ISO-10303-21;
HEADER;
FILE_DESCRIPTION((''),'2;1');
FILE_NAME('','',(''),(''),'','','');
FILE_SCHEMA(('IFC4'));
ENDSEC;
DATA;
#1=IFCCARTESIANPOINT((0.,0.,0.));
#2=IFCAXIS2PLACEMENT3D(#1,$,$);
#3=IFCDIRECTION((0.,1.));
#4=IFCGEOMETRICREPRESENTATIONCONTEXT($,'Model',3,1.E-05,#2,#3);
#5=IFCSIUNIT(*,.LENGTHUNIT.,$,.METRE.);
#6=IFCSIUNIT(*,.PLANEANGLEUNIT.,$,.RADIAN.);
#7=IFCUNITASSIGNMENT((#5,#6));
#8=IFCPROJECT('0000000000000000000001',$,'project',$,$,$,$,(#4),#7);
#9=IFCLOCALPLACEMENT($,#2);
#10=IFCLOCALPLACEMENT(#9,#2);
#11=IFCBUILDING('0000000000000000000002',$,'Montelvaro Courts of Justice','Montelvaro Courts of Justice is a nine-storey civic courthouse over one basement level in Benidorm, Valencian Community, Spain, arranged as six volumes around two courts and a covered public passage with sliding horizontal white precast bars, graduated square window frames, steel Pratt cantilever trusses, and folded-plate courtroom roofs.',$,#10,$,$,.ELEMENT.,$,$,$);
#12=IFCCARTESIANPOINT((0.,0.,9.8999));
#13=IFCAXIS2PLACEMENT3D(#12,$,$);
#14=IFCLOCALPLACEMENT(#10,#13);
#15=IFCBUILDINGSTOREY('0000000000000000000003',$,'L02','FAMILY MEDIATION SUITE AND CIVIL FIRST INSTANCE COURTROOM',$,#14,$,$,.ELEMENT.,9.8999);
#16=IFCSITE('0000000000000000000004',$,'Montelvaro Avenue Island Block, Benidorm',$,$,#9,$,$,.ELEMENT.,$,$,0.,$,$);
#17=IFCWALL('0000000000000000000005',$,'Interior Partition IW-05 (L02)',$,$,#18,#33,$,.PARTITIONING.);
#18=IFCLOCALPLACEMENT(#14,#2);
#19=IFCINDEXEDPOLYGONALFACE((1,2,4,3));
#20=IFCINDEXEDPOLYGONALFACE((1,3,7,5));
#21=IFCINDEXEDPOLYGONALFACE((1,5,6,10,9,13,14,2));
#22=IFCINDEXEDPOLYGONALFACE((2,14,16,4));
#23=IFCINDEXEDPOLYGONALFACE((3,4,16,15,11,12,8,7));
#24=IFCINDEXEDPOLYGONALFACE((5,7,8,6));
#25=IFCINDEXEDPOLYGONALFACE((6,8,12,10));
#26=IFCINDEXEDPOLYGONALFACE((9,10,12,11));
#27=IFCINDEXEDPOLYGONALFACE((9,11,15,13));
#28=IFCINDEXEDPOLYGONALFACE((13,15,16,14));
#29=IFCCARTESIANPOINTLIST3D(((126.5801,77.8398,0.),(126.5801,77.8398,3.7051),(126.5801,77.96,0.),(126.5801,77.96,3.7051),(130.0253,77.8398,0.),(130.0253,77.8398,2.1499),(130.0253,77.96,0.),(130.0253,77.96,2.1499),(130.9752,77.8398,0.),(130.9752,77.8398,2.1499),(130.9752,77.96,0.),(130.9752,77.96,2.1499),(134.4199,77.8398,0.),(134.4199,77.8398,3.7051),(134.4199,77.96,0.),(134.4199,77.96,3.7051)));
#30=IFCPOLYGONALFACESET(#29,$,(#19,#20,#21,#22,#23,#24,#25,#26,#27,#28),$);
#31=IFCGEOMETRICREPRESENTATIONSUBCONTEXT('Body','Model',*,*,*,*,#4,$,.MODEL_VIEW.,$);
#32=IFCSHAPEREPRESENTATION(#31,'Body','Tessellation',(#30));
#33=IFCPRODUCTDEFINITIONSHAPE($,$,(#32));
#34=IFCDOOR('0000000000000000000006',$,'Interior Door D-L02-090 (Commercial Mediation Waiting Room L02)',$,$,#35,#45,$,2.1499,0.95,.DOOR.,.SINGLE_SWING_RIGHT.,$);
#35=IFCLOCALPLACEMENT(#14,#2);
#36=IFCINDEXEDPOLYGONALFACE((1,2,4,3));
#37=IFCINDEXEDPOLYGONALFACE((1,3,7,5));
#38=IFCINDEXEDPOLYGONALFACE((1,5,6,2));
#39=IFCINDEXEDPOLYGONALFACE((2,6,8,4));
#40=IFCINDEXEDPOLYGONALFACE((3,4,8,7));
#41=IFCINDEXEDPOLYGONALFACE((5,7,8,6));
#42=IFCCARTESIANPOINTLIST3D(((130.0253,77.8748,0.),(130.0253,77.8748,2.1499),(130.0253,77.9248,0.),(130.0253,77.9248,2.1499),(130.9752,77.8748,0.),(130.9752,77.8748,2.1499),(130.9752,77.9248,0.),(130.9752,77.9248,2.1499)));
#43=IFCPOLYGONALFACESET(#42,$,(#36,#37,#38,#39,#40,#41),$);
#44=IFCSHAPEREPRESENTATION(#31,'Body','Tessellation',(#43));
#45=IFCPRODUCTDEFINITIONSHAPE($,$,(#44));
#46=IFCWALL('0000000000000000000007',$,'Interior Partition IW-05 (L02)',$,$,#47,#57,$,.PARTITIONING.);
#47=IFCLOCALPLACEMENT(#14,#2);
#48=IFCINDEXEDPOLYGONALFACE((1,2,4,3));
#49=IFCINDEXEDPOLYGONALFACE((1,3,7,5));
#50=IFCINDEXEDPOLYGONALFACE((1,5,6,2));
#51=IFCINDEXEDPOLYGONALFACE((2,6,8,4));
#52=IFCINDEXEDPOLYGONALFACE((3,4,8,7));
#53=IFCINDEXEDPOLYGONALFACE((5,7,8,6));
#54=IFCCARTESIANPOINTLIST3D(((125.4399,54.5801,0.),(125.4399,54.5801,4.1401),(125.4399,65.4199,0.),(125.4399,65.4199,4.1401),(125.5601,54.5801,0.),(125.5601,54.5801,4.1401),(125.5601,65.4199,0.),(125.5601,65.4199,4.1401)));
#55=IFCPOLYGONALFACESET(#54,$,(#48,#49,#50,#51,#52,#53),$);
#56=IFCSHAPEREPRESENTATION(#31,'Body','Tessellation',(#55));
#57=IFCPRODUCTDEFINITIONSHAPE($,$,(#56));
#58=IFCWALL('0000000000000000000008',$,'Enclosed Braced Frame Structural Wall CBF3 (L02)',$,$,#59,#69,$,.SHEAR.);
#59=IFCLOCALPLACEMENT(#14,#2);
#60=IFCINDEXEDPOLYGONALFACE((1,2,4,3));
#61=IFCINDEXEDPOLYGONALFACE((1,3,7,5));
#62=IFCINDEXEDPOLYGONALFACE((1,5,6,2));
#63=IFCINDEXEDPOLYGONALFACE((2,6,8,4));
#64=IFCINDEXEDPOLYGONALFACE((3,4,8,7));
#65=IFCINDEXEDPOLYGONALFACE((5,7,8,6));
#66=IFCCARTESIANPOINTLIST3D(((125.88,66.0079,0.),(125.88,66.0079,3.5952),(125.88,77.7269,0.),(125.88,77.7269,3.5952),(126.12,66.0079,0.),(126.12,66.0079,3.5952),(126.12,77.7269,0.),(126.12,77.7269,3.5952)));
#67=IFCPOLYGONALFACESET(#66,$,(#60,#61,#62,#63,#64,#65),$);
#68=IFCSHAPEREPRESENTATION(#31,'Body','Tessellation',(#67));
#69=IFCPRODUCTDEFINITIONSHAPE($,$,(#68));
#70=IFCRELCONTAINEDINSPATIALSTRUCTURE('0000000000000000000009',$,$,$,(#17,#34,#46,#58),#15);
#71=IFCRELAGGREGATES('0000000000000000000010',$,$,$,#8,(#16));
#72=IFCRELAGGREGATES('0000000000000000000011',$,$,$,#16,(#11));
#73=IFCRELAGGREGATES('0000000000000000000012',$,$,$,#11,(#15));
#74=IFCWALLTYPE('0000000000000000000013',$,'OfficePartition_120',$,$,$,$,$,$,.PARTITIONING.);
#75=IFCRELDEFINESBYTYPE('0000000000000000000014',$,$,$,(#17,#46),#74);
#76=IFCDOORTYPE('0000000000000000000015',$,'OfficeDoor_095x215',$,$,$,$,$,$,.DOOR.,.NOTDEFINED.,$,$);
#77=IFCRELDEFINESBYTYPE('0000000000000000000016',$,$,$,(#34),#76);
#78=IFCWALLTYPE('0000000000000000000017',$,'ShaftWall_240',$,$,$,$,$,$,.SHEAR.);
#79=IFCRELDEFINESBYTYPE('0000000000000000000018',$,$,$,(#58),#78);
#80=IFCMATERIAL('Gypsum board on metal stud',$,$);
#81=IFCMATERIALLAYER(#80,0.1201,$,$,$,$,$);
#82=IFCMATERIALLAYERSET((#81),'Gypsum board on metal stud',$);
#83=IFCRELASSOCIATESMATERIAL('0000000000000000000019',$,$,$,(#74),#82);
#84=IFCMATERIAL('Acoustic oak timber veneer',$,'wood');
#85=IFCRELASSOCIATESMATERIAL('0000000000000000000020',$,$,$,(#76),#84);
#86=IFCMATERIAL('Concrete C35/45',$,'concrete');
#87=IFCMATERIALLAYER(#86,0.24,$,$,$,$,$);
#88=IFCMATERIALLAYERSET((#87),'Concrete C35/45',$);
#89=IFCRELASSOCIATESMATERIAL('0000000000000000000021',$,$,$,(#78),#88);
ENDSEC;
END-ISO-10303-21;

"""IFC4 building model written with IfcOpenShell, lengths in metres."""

from ifc_helpers import new_model, si_unit, direction, frame, frame_2d, origin, place, context, subcontext, project, spatial, rectangle, extrude, material, layer, layer_set, type_object, element, fill, save


model = new_model("IFC4")

# Units and contexts
model_context = context("Model", 3, precision=1e-05, world=origin(), true_north=direction((0.0, 1.0)))
body_context = subcontext(model_context, "Body", "Model", "MODEL_VIEW")
ifc_project = project(units=[si_unit("LENGTHUNIT", "METRE"), si_unit("PLANEANGLEUNIT", "RADIAN")], contexts=[model_context])

# Site, building, storey
site_placement = place(None, origin())
site = spatial("IfcSite", under=ifc_project, at=site_placement, Name="Montelvaro Avenue Island Block, Benidorm", CompositionType="ELEMENT", RefElevation=0.0)
building_placement = place(site_placement, origin())
building = spatial("IfcBuilding", under=site, at=building_placement, Name="Montelvaro Courts of Justice", Description="Montelvaro Courts of Justice is a nine-storey civic courthouse over one basement level in Benidorm, Valencian Community, Spain, arranged as six volumes around two courts and a covered public passage with sliding horizontal white precast bars, graduated square window frames, steel Pratt cantilever trusses, and folded-plate courtroom roofs.", CompositionType="ELEMENT")
storey_placement = place(building_placement, frame((0.0, 0.0, 9.8999)))
storey = spatial("IfcBuildingStorey", under=building, at=storey_placement, Name="L02", Description="FAMILY MEDIATION SUITE AND CIVIL FIRST INSTANCE COURTROOM", CompositionType="ELEMENT", Elevation=9.8999)

# Shared definitions
ifc_material_1 = material(Name="Gypsum board on metal stud")
ifc_layer_1 = layer(ifc_material_1, 0.1201)
ifc_layer_set_1 = layer_set([ifc_layer_1], Name="Gypsum board on metal stud")
wall_type_1 = type_object("IfcWallType", Name="OfficePartition_120", PredefinedType="PARTITIONING", material=ifc_layer_set_1)

# Wall, opening, door
wall_1_placement = place(storey_placement, frame((126.5801, 77.8999, 0.0), z_axis=(0.0, 0.0, 1.0), x_axis=(1.0, 0.0, 0.0)))
wall_1 = element("IfcWall", 1, at=wall_1_placement, inside=storey, type_object=wall_type_1, Name="Interior Partition IW-05 (L02)", PredefinedType="PARTITIONING", context=body_context, shape_type="SweptSolid", body=[
    extrude(rectangle(XDim=7.8398, YDim=0.1201, at=frame_2d((3.9199, 0.0))), origin(), (0.0, 0.0, 1.0), 3.7051),
])
opening_placement = place(wall_1_placement, frame((3.4451, 0.0, 0.0)))
opening = element("IfcOpeningElement", 2, at=opening_placement, cuts=wall_1, PredefinedType="OPENING", context=body_context, shape_type="SweptSolid", body=[
    extrude(rectangle(XDim=0.95, YDim=2.1499, at=frame_2d((0.4751, 1.075))), frame((0.0, 0.075, 0.0), z_axis=(0.0, -1.0, 0.0), x_axis=(1.0, 0.0, 0.0)), (0.0, 0.0, 1.0), 0.1499),
])
ifc_material_2 = material(Name="Acoustic oak timber veneer", Category="wood")
door_type = type_object("IfcDoorType", Name="OfficeDoor_095x215", OperationType="NOTDEFINED", PredefinedType="DOOR", material=ifc_material_2)
door_placement = place(opening_placement, origin())
door = element("IfcDoor", 3, at=door_placement, inside=storey, type_object=door_type, Name="Interior Door D-L02-090 (Commercial Mediation Waiting Room L02)", OperationType="SINGLE_SWING_RIGHT", OverallHeight=2.1499, OverallWidth=0.95, PredefinedType="DOOR", context=body_context, shape_type="SweptSolid", body=[
    extrude(rectangle(XDim=0.95, YDim=2.1499, at=frame_2d((0.4751, 1.075))), frame((0.0, 0.0249, 0.0), z_axis=(0.0, -1.0, 0.0), x_axis=(1.0, 0.0, 0.0)), (0.0, 0.0, 1.0), 0.05),
])
fill(opening, door)

# Walls
wall_2_placement = place(storey_placement, frame((125.5, 65.4199, 0.0), z_axis=(0.0, 0.0, 1.0), x_axis=(0.0, -1.0, 0.0)))
element("IfcWall", 4, at=wall_2_placement, inside=storey, type_object=wall_type_1, Name="Interior Partition IW-05 (L02)", PredefinedType="PARTITIONING", context=body_context, shape_type="SweptSolid", body=[
    extrude(rectangle(XDim=10.8398, YDim=0.1201, at=frame_2d((5.4199, 0.0))), origin(), (0.0, 0.0, 1.0), 4.1401),
])
ifc_material_3 = material(Name="Concrete C35/45", Category="concrete")
ifc_layer_2 = layer(ifc_material_3, 0.24)
ifc_layer_set_2 = layer_set([ifc_layer_2], Name="Concrete C35/45")
wall_type_2 = type_object("IfcWallType", Name="ShaftWall_240", PredefinedType="SHEAR", material=ifc_layer_set_2)
wall_3_placement = place(storey_placement, frame((126.0, 66.0081, 0.0), z_axis=(0.0, 0.0, 1.0), x_axis=(0.0, 1.0, 0.0)))
element("IfcWall", 5, at=wall_3_placement, inside=storey, type_object=wall_type_2, Name="Enclosed Braced Frame Structural Wall CBF3 (L02)", PredefinedType="SHEAR", context=body_context, shape_type="SweptSolid", body=[
    extrude(rectangle(XDim=11.719, YDim=0.24, at=frame_2d((5.8594, 0.0))), origin(), (0.0, 0.0, 1.0), 3.5952),
])

save(model, "model.ifc")
